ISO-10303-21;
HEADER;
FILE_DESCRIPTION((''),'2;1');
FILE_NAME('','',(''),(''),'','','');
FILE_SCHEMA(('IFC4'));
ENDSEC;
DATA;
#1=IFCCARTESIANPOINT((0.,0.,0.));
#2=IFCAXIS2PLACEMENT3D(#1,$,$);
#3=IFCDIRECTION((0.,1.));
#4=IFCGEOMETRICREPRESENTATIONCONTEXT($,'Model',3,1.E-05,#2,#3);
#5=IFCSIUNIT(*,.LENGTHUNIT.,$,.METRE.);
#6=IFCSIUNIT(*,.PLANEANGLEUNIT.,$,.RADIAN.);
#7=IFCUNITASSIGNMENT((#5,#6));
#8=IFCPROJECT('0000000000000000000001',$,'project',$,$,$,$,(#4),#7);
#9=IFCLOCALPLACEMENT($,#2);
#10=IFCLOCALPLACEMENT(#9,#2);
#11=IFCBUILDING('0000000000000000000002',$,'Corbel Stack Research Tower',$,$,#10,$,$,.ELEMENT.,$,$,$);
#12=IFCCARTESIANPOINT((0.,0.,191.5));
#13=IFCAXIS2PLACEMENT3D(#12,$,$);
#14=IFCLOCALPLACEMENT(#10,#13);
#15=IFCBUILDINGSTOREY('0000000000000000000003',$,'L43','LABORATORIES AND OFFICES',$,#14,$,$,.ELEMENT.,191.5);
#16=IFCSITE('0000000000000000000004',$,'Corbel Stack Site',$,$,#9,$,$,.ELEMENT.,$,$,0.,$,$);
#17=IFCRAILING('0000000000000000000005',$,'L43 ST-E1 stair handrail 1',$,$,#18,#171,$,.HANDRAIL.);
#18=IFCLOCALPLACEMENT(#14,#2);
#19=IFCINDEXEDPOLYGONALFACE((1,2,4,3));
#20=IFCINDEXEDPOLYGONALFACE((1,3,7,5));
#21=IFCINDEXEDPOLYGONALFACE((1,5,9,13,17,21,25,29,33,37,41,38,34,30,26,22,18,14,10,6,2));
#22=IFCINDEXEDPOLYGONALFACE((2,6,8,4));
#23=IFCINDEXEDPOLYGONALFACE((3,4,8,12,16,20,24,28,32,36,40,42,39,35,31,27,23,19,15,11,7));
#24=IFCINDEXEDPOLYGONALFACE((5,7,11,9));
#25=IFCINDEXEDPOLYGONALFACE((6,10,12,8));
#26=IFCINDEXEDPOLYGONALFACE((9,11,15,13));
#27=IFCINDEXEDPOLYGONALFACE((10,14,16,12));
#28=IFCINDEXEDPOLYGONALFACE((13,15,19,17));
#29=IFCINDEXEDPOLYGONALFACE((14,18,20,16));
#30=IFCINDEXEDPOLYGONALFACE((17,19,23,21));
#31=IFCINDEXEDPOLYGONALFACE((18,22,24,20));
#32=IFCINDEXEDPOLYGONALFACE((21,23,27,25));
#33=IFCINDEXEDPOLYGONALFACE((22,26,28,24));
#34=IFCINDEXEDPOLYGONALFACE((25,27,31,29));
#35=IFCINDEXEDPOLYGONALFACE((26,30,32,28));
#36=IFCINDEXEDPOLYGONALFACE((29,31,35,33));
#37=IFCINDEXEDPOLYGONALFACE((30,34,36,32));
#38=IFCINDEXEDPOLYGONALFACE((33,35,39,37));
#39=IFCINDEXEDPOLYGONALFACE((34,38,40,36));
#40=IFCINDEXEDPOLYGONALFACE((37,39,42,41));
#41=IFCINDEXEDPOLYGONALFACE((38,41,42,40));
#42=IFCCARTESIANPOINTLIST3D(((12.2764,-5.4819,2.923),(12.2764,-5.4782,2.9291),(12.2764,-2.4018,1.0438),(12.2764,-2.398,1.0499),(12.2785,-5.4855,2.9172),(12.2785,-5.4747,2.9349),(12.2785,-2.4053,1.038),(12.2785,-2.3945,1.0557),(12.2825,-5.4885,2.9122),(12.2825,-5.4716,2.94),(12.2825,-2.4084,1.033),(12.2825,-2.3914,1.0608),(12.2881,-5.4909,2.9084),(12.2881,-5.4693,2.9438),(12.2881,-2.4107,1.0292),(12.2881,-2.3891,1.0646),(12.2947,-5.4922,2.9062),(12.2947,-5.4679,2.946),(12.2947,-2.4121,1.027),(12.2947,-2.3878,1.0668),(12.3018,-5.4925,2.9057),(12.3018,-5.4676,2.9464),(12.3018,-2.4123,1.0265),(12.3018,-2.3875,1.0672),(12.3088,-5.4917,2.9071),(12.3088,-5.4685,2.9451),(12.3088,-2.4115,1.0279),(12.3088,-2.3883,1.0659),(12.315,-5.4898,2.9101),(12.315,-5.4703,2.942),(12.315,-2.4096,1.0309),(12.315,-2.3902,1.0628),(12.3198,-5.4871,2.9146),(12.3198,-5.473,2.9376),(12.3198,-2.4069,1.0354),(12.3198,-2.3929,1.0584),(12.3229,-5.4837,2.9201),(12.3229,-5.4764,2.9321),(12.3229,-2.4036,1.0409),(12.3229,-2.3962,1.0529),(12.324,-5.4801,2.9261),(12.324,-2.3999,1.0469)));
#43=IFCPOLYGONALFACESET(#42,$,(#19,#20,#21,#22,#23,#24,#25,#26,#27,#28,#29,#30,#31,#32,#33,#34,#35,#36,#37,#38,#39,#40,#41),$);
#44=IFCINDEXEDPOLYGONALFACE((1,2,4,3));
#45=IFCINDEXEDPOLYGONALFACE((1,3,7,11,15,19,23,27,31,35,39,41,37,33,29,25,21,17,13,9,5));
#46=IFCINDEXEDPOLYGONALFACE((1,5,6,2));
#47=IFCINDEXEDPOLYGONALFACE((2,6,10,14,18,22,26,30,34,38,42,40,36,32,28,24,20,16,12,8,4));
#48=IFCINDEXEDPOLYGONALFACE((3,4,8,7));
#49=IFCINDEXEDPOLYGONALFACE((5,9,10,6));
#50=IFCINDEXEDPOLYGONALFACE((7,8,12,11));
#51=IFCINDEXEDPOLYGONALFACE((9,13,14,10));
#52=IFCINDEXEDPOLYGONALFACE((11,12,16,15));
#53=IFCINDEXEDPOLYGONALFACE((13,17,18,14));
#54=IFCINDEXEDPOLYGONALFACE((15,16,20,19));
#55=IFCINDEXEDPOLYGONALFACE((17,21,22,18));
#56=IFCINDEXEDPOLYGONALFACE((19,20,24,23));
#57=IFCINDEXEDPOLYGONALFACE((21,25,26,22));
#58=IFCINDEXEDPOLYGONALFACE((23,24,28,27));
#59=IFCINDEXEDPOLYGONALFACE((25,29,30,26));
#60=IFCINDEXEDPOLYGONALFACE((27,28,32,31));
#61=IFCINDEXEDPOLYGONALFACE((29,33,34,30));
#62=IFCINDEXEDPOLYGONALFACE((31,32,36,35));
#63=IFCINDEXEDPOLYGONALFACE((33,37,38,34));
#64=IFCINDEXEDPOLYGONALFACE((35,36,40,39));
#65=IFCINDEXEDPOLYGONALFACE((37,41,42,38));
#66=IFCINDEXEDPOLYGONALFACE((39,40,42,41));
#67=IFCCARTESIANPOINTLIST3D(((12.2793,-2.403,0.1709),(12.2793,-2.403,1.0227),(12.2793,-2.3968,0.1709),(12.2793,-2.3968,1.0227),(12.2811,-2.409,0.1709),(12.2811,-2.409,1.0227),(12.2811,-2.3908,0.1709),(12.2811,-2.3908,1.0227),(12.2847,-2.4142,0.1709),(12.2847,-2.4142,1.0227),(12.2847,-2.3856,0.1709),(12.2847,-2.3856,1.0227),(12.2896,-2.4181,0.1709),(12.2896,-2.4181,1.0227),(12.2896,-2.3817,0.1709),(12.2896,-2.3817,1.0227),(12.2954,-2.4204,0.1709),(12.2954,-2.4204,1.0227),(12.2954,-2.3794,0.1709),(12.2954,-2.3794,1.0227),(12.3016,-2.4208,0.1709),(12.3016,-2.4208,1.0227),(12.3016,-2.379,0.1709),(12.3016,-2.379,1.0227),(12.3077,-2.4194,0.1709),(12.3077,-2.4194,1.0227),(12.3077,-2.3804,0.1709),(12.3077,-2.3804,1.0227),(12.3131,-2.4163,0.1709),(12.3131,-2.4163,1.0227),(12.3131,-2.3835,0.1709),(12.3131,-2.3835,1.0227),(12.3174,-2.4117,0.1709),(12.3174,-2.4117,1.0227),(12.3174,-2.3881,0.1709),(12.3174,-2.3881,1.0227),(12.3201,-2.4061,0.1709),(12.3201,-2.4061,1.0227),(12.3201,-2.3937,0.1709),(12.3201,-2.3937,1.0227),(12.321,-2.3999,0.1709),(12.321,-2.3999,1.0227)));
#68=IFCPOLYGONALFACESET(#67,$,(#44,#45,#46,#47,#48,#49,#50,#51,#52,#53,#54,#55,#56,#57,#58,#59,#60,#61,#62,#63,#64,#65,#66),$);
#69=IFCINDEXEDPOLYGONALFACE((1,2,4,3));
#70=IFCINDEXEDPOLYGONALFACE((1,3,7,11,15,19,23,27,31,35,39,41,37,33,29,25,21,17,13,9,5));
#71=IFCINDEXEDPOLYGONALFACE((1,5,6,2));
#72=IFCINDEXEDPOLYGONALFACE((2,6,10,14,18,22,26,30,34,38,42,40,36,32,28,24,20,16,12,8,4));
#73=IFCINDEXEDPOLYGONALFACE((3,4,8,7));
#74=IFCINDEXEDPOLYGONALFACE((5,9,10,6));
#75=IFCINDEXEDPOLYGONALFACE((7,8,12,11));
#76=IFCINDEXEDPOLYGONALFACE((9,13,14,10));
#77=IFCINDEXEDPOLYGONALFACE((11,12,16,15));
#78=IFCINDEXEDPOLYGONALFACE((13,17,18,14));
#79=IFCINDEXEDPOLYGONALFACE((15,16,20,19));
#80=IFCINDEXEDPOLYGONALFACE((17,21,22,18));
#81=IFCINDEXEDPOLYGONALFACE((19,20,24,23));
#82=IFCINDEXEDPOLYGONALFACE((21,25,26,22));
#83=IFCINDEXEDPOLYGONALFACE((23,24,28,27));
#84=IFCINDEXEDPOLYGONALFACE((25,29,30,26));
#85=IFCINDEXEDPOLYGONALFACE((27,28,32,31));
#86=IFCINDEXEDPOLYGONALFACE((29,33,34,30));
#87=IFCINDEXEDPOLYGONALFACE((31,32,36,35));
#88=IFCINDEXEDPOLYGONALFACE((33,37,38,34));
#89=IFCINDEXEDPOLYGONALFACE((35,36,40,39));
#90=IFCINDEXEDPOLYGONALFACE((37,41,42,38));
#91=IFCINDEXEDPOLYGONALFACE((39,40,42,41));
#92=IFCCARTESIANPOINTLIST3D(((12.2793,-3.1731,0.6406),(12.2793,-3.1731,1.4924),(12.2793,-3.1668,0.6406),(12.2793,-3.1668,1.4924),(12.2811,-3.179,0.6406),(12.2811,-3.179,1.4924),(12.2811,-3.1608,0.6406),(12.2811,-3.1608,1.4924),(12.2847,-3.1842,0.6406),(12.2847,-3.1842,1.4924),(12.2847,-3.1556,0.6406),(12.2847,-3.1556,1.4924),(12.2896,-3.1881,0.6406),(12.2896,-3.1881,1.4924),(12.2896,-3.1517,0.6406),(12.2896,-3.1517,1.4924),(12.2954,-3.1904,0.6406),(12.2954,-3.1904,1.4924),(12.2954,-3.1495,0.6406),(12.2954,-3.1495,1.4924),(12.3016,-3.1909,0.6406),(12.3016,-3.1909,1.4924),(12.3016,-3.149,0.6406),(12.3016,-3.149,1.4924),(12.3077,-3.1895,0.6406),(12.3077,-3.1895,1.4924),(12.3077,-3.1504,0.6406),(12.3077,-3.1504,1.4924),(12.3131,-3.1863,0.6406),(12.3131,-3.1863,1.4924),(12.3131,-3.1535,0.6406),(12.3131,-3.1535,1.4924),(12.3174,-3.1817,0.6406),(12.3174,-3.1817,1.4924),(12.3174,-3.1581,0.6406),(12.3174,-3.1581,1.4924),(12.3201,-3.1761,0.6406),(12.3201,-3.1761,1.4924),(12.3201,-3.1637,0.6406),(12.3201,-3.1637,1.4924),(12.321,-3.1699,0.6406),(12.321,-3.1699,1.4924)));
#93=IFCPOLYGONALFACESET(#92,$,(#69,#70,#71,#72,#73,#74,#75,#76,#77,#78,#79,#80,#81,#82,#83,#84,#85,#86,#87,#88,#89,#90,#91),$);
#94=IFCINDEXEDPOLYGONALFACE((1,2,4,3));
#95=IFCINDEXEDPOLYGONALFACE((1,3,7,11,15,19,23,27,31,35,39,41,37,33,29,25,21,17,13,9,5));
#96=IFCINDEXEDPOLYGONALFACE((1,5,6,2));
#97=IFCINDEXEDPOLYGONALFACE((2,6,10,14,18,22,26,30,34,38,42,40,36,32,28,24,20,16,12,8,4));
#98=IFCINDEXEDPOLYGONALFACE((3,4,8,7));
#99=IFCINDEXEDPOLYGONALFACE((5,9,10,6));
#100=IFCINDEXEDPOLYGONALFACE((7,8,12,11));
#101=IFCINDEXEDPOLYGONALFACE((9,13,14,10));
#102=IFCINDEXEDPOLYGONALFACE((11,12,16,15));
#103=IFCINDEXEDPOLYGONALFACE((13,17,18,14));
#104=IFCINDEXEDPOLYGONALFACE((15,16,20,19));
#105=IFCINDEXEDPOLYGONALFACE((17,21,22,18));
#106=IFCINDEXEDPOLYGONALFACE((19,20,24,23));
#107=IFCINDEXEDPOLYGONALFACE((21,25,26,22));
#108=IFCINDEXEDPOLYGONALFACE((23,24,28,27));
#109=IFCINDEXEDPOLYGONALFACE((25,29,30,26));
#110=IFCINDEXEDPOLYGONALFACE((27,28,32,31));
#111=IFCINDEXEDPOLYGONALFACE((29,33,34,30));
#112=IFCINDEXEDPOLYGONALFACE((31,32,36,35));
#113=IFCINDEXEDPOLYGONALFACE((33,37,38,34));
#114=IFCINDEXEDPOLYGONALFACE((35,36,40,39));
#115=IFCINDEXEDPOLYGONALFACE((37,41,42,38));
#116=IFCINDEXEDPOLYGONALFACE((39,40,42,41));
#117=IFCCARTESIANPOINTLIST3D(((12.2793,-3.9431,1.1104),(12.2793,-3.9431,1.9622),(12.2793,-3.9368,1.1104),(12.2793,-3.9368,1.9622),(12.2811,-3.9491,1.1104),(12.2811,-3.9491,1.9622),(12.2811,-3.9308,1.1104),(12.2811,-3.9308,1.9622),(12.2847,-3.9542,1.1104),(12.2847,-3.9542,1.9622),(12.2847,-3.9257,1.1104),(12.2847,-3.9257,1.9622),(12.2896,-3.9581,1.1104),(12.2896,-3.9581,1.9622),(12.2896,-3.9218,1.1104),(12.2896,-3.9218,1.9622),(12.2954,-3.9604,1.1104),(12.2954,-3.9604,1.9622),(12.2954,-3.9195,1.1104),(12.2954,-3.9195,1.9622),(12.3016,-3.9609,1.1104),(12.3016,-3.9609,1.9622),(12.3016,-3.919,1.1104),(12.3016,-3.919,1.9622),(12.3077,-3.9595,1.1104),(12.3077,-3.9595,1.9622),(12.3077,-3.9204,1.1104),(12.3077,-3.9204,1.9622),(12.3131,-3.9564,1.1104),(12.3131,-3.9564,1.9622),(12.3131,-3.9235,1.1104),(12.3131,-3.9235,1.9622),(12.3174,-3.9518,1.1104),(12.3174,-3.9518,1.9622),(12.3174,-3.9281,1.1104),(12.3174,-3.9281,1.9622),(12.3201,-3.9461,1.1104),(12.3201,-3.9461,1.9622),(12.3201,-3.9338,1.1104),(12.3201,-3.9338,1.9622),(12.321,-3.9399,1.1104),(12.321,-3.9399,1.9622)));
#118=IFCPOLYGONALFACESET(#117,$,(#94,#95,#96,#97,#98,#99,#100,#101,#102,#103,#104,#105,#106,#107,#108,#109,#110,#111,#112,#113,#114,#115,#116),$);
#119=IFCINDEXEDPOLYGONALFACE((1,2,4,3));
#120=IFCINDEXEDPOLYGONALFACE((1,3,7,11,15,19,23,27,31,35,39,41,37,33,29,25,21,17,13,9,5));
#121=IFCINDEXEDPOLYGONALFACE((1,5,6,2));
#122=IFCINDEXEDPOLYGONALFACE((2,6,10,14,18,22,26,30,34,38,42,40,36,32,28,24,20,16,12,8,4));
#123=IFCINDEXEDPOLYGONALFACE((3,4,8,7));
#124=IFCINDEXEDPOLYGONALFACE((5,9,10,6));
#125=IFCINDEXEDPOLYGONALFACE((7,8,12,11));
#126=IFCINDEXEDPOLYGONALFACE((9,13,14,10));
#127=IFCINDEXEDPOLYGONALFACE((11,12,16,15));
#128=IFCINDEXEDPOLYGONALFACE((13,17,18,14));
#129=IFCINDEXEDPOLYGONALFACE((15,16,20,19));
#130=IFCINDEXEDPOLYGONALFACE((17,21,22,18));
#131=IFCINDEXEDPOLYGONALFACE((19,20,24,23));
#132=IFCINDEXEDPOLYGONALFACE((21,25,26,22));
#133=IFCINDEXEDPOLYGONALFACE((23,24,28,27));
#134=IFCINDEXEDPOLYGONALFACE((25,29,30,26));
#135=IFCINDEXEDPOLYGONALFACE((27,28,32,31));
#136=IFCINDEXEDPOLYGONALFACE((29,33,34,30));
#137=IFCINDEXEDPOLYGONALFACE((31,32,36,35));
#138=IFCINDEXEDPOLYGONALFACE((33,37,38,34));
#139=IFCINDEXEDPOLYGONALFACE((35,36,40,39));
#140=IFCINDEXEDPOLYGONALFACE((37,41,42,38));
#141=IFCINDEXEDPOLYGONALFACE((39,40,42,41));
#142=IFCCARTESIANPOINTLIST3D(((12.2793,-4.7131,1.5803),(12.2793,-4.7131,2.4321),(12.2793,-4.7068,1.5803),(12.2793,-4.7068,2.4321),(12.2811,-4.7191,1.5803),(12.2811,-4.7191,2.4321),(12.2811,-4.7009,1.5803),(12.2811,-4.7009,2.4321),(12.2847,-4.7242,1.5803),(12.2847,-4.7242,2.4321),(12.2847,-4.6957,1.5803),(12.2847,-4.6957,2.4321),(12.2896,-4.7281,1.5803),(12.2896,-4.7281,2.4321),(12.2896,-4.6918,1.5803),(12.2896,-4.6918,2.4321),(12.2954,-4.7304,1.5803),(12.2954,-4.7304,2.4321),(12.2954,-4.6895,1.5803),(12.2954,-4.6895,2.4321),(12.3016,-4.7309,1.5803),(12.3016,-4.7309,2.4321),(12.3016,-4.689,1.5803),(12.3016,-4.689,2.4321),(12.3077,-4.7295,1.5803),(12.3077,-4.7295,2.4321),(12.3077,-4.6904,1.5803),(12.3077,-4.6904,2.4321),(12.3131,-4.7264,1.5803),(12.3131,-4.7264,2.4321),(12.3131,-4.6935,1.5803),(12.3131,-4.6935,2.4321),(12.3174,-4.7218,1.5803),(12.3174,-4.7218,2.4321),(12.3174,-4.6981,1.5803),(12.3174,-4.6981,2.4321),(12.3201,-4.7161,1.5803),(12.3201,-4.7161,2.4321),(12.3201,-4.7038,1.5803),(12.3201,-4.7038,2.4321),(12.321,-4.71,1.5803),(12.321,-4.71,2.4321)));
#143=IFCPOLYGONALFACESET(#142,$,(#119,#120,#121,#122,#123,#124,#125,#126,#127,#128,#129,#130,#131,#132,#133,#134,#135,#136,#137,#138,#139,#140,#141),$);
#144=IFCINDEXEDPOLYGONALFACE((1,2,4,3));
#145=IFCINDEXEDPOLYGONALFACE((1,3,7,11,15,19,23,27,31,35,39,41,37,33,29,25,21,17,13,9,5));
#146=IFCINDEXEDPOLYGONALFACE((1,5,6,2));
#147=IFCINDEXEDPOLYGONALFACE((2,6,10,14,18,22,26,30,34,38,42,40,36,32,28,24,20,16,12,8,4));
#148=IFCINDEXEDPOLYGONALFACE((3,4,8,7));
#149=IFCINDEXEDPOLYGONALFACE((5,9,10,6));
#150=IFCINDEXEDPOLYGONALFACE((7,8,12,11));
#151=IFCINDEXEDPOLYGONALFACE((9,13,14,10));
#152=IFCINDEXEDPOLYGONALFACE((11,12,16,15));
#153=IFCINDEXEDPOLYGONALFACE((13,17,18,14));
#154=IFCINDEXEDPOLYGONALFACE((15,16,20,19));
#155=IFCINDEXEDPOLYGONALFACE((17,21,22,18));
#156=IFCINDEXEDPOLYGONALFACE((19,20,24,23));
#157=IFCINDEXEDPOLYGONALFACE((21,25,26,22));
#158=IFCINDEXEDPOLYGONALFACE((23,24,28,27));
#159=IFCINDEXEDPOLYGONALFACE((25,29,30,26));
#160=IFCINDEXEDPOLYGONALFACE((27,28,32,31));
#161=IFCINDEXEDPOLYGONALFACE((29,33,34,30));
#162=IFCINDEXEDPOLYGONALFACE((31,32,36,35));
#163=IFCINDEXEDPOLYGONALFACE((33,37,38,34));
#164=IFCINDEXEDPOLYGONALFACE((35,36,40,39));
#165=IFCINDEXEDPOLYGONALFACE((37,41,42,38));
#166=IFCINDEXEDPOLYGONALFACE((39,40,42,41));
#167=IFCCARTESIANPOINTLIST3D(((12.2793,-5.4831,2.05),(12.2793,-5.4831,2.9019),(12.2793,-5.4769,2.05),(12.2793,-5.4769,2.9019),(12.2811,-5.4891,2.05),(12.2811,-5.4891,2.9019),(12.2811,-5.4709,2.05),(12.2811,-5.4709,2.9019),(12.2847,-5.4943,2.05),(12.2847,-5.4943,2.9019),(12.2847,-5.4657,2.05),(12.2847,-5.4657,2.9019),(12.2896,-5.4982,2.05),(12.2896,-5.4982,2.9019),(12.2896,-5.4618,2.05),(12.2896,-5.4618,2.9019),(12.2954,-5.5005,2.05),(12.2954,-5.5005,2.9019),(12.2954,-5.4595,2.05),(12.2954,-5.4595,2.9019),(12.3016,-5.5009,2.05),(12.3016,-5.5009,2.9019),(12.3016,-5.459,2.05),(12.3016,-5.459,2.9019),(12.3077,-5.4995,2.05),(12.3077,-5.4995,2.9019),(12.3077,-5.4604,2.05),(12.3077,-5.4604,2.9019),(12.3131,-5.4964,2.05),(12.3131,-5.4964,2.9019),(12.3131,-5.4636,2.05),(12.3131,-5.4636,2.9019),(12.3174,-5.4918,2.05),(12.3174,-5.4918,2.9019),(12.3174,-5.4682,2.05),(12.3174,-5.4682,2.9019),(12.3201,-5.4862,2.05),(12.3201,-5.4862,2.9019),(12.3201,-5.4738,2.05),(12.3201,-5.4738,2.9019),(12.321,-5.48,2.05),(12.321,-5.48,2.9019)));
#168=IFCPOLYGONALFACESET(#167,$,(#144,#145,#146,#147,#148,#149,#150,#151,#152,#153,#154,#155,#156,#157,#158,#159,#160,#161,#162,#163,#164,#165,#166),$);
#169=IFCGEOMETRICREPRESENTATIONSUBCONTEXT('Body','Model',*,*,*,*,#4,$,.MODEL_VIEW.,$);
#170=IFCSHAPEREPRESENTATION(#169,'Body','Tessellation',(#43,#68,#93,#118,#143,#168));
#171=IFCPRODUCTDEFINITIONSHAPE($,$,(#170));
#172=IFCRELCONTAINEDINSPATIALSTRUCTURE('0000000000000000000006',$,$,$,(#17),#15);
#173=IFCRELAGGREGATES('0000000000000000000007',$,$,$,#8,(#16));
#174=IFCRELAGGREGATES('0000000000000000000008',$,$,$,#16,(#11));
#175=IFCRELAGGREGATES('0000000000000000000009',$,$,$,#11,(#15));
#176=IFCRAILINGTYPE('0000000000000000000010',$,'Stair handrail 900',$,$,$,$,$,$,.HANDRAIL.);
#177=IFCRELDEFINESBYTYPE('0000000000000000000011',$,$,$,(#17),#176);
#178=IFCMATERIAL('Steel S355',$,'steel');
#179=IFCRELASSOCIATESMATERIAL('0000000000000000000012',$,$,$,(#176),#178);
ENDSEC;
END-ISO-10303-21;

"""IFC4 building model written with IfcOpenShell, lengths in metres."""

from ifc_helpers import new_model, si_unit, direction, frame, origin, origin_2d, place, context, subcontext, project, spatial, circle, extrude, material, type_object, element, save


model = new_model("IFC4")

# Units and contexts
model_context = context("Model", 3, precision=1e-05, world=origin(), true_north=direction((0.0, 1.0)))
body_context = subcontext(model_context, "Body", "Model", "MODEL_VIEW")
ifc_project = project(units=[si_unit("LENGTHUNIT", "METRE"), si_unit("PLANEANGLEUNIT", "RADIAN")], contexts=[model_context])

# Site, building, storey
site_placement = place(None, origin())
site = spatial("IfcSite", under=ifc_project, at=site_placement, Name="Corbel Stack Site", CompositionType="ELEMENT", RefElevation=0.0)
building_placement = place(site_placement, origin())
building = spatial("IfcBuilding", under=site, at=building_placement, Name="Corbel Stack Research Tower", CompositionType="ELEMENT")
storey_placement = place(building_placement, frame((0.0, 0.0, 191.5)))
storey = spatial("IfcBuildingStorey", under=building, at=storey_placement, Name="L43", Description="LABORATORIES AND OFFICES", CompositionType="ELEMENT", Elevation=191.5)

# Railing
ifc_material_1 = material(Name="Steel S355", Category="steel")
railing_type_1 = type_object("IfcRailingType", Name="Stair handrail 900", PredefinedType="HANDRAIL", material=ifc_material_1)
railing_1_placement = place(storey_placement, frame((12.3, -2.3999, 0.1709)))
element("IfcRailing", 1, at=railing_1_placement, inside=storey, type_object=railing_type_1, Name="L43 ST-E1 stair handrail 1", PredefinedType="HANDRAIL", context=body_context, shape_type="SweptSolid", body=[
    extrude(circle(Radius=0.0239, at=origin_2d()), frame((0.0, 0.0, 0.876), z_axis=(0.0, -0.853666, 0.52082), x_axis=(1.0, 0.0, 0.0)), (0.0, 0.0, 1.0), 3.6082),
    extrude(circle(Radius=0.021, at=origin_2d()), origin(), (0.0, 0.0, 1.0), 0.8518),
    extrude(circle(Radius=0.021, at=origin_2d()), frame((0.0, -0.77, 0.4697)), (0.0, 0.0, 1.0), 0.8518),
    extrude(circle(Radius=0.021, at=origin_2d()), frame((0.0, -1.54, 0.9395)), (0.0, 0.0, 1.0), 0.8518),
    extrude(circle(Radius=0.021, at=origin_2d()), frame((0.0, -2.3101, 1.4094)), (0.0, 0.0, 1.0), 0.8518),
    extrude(circle(Radius=0.021, at=origin_2d()), frame((0.0, -3.0801, 1.8792)), (0.0, 0.0, 1.0), 0.8518),
])

save(model, "model.ifc")
